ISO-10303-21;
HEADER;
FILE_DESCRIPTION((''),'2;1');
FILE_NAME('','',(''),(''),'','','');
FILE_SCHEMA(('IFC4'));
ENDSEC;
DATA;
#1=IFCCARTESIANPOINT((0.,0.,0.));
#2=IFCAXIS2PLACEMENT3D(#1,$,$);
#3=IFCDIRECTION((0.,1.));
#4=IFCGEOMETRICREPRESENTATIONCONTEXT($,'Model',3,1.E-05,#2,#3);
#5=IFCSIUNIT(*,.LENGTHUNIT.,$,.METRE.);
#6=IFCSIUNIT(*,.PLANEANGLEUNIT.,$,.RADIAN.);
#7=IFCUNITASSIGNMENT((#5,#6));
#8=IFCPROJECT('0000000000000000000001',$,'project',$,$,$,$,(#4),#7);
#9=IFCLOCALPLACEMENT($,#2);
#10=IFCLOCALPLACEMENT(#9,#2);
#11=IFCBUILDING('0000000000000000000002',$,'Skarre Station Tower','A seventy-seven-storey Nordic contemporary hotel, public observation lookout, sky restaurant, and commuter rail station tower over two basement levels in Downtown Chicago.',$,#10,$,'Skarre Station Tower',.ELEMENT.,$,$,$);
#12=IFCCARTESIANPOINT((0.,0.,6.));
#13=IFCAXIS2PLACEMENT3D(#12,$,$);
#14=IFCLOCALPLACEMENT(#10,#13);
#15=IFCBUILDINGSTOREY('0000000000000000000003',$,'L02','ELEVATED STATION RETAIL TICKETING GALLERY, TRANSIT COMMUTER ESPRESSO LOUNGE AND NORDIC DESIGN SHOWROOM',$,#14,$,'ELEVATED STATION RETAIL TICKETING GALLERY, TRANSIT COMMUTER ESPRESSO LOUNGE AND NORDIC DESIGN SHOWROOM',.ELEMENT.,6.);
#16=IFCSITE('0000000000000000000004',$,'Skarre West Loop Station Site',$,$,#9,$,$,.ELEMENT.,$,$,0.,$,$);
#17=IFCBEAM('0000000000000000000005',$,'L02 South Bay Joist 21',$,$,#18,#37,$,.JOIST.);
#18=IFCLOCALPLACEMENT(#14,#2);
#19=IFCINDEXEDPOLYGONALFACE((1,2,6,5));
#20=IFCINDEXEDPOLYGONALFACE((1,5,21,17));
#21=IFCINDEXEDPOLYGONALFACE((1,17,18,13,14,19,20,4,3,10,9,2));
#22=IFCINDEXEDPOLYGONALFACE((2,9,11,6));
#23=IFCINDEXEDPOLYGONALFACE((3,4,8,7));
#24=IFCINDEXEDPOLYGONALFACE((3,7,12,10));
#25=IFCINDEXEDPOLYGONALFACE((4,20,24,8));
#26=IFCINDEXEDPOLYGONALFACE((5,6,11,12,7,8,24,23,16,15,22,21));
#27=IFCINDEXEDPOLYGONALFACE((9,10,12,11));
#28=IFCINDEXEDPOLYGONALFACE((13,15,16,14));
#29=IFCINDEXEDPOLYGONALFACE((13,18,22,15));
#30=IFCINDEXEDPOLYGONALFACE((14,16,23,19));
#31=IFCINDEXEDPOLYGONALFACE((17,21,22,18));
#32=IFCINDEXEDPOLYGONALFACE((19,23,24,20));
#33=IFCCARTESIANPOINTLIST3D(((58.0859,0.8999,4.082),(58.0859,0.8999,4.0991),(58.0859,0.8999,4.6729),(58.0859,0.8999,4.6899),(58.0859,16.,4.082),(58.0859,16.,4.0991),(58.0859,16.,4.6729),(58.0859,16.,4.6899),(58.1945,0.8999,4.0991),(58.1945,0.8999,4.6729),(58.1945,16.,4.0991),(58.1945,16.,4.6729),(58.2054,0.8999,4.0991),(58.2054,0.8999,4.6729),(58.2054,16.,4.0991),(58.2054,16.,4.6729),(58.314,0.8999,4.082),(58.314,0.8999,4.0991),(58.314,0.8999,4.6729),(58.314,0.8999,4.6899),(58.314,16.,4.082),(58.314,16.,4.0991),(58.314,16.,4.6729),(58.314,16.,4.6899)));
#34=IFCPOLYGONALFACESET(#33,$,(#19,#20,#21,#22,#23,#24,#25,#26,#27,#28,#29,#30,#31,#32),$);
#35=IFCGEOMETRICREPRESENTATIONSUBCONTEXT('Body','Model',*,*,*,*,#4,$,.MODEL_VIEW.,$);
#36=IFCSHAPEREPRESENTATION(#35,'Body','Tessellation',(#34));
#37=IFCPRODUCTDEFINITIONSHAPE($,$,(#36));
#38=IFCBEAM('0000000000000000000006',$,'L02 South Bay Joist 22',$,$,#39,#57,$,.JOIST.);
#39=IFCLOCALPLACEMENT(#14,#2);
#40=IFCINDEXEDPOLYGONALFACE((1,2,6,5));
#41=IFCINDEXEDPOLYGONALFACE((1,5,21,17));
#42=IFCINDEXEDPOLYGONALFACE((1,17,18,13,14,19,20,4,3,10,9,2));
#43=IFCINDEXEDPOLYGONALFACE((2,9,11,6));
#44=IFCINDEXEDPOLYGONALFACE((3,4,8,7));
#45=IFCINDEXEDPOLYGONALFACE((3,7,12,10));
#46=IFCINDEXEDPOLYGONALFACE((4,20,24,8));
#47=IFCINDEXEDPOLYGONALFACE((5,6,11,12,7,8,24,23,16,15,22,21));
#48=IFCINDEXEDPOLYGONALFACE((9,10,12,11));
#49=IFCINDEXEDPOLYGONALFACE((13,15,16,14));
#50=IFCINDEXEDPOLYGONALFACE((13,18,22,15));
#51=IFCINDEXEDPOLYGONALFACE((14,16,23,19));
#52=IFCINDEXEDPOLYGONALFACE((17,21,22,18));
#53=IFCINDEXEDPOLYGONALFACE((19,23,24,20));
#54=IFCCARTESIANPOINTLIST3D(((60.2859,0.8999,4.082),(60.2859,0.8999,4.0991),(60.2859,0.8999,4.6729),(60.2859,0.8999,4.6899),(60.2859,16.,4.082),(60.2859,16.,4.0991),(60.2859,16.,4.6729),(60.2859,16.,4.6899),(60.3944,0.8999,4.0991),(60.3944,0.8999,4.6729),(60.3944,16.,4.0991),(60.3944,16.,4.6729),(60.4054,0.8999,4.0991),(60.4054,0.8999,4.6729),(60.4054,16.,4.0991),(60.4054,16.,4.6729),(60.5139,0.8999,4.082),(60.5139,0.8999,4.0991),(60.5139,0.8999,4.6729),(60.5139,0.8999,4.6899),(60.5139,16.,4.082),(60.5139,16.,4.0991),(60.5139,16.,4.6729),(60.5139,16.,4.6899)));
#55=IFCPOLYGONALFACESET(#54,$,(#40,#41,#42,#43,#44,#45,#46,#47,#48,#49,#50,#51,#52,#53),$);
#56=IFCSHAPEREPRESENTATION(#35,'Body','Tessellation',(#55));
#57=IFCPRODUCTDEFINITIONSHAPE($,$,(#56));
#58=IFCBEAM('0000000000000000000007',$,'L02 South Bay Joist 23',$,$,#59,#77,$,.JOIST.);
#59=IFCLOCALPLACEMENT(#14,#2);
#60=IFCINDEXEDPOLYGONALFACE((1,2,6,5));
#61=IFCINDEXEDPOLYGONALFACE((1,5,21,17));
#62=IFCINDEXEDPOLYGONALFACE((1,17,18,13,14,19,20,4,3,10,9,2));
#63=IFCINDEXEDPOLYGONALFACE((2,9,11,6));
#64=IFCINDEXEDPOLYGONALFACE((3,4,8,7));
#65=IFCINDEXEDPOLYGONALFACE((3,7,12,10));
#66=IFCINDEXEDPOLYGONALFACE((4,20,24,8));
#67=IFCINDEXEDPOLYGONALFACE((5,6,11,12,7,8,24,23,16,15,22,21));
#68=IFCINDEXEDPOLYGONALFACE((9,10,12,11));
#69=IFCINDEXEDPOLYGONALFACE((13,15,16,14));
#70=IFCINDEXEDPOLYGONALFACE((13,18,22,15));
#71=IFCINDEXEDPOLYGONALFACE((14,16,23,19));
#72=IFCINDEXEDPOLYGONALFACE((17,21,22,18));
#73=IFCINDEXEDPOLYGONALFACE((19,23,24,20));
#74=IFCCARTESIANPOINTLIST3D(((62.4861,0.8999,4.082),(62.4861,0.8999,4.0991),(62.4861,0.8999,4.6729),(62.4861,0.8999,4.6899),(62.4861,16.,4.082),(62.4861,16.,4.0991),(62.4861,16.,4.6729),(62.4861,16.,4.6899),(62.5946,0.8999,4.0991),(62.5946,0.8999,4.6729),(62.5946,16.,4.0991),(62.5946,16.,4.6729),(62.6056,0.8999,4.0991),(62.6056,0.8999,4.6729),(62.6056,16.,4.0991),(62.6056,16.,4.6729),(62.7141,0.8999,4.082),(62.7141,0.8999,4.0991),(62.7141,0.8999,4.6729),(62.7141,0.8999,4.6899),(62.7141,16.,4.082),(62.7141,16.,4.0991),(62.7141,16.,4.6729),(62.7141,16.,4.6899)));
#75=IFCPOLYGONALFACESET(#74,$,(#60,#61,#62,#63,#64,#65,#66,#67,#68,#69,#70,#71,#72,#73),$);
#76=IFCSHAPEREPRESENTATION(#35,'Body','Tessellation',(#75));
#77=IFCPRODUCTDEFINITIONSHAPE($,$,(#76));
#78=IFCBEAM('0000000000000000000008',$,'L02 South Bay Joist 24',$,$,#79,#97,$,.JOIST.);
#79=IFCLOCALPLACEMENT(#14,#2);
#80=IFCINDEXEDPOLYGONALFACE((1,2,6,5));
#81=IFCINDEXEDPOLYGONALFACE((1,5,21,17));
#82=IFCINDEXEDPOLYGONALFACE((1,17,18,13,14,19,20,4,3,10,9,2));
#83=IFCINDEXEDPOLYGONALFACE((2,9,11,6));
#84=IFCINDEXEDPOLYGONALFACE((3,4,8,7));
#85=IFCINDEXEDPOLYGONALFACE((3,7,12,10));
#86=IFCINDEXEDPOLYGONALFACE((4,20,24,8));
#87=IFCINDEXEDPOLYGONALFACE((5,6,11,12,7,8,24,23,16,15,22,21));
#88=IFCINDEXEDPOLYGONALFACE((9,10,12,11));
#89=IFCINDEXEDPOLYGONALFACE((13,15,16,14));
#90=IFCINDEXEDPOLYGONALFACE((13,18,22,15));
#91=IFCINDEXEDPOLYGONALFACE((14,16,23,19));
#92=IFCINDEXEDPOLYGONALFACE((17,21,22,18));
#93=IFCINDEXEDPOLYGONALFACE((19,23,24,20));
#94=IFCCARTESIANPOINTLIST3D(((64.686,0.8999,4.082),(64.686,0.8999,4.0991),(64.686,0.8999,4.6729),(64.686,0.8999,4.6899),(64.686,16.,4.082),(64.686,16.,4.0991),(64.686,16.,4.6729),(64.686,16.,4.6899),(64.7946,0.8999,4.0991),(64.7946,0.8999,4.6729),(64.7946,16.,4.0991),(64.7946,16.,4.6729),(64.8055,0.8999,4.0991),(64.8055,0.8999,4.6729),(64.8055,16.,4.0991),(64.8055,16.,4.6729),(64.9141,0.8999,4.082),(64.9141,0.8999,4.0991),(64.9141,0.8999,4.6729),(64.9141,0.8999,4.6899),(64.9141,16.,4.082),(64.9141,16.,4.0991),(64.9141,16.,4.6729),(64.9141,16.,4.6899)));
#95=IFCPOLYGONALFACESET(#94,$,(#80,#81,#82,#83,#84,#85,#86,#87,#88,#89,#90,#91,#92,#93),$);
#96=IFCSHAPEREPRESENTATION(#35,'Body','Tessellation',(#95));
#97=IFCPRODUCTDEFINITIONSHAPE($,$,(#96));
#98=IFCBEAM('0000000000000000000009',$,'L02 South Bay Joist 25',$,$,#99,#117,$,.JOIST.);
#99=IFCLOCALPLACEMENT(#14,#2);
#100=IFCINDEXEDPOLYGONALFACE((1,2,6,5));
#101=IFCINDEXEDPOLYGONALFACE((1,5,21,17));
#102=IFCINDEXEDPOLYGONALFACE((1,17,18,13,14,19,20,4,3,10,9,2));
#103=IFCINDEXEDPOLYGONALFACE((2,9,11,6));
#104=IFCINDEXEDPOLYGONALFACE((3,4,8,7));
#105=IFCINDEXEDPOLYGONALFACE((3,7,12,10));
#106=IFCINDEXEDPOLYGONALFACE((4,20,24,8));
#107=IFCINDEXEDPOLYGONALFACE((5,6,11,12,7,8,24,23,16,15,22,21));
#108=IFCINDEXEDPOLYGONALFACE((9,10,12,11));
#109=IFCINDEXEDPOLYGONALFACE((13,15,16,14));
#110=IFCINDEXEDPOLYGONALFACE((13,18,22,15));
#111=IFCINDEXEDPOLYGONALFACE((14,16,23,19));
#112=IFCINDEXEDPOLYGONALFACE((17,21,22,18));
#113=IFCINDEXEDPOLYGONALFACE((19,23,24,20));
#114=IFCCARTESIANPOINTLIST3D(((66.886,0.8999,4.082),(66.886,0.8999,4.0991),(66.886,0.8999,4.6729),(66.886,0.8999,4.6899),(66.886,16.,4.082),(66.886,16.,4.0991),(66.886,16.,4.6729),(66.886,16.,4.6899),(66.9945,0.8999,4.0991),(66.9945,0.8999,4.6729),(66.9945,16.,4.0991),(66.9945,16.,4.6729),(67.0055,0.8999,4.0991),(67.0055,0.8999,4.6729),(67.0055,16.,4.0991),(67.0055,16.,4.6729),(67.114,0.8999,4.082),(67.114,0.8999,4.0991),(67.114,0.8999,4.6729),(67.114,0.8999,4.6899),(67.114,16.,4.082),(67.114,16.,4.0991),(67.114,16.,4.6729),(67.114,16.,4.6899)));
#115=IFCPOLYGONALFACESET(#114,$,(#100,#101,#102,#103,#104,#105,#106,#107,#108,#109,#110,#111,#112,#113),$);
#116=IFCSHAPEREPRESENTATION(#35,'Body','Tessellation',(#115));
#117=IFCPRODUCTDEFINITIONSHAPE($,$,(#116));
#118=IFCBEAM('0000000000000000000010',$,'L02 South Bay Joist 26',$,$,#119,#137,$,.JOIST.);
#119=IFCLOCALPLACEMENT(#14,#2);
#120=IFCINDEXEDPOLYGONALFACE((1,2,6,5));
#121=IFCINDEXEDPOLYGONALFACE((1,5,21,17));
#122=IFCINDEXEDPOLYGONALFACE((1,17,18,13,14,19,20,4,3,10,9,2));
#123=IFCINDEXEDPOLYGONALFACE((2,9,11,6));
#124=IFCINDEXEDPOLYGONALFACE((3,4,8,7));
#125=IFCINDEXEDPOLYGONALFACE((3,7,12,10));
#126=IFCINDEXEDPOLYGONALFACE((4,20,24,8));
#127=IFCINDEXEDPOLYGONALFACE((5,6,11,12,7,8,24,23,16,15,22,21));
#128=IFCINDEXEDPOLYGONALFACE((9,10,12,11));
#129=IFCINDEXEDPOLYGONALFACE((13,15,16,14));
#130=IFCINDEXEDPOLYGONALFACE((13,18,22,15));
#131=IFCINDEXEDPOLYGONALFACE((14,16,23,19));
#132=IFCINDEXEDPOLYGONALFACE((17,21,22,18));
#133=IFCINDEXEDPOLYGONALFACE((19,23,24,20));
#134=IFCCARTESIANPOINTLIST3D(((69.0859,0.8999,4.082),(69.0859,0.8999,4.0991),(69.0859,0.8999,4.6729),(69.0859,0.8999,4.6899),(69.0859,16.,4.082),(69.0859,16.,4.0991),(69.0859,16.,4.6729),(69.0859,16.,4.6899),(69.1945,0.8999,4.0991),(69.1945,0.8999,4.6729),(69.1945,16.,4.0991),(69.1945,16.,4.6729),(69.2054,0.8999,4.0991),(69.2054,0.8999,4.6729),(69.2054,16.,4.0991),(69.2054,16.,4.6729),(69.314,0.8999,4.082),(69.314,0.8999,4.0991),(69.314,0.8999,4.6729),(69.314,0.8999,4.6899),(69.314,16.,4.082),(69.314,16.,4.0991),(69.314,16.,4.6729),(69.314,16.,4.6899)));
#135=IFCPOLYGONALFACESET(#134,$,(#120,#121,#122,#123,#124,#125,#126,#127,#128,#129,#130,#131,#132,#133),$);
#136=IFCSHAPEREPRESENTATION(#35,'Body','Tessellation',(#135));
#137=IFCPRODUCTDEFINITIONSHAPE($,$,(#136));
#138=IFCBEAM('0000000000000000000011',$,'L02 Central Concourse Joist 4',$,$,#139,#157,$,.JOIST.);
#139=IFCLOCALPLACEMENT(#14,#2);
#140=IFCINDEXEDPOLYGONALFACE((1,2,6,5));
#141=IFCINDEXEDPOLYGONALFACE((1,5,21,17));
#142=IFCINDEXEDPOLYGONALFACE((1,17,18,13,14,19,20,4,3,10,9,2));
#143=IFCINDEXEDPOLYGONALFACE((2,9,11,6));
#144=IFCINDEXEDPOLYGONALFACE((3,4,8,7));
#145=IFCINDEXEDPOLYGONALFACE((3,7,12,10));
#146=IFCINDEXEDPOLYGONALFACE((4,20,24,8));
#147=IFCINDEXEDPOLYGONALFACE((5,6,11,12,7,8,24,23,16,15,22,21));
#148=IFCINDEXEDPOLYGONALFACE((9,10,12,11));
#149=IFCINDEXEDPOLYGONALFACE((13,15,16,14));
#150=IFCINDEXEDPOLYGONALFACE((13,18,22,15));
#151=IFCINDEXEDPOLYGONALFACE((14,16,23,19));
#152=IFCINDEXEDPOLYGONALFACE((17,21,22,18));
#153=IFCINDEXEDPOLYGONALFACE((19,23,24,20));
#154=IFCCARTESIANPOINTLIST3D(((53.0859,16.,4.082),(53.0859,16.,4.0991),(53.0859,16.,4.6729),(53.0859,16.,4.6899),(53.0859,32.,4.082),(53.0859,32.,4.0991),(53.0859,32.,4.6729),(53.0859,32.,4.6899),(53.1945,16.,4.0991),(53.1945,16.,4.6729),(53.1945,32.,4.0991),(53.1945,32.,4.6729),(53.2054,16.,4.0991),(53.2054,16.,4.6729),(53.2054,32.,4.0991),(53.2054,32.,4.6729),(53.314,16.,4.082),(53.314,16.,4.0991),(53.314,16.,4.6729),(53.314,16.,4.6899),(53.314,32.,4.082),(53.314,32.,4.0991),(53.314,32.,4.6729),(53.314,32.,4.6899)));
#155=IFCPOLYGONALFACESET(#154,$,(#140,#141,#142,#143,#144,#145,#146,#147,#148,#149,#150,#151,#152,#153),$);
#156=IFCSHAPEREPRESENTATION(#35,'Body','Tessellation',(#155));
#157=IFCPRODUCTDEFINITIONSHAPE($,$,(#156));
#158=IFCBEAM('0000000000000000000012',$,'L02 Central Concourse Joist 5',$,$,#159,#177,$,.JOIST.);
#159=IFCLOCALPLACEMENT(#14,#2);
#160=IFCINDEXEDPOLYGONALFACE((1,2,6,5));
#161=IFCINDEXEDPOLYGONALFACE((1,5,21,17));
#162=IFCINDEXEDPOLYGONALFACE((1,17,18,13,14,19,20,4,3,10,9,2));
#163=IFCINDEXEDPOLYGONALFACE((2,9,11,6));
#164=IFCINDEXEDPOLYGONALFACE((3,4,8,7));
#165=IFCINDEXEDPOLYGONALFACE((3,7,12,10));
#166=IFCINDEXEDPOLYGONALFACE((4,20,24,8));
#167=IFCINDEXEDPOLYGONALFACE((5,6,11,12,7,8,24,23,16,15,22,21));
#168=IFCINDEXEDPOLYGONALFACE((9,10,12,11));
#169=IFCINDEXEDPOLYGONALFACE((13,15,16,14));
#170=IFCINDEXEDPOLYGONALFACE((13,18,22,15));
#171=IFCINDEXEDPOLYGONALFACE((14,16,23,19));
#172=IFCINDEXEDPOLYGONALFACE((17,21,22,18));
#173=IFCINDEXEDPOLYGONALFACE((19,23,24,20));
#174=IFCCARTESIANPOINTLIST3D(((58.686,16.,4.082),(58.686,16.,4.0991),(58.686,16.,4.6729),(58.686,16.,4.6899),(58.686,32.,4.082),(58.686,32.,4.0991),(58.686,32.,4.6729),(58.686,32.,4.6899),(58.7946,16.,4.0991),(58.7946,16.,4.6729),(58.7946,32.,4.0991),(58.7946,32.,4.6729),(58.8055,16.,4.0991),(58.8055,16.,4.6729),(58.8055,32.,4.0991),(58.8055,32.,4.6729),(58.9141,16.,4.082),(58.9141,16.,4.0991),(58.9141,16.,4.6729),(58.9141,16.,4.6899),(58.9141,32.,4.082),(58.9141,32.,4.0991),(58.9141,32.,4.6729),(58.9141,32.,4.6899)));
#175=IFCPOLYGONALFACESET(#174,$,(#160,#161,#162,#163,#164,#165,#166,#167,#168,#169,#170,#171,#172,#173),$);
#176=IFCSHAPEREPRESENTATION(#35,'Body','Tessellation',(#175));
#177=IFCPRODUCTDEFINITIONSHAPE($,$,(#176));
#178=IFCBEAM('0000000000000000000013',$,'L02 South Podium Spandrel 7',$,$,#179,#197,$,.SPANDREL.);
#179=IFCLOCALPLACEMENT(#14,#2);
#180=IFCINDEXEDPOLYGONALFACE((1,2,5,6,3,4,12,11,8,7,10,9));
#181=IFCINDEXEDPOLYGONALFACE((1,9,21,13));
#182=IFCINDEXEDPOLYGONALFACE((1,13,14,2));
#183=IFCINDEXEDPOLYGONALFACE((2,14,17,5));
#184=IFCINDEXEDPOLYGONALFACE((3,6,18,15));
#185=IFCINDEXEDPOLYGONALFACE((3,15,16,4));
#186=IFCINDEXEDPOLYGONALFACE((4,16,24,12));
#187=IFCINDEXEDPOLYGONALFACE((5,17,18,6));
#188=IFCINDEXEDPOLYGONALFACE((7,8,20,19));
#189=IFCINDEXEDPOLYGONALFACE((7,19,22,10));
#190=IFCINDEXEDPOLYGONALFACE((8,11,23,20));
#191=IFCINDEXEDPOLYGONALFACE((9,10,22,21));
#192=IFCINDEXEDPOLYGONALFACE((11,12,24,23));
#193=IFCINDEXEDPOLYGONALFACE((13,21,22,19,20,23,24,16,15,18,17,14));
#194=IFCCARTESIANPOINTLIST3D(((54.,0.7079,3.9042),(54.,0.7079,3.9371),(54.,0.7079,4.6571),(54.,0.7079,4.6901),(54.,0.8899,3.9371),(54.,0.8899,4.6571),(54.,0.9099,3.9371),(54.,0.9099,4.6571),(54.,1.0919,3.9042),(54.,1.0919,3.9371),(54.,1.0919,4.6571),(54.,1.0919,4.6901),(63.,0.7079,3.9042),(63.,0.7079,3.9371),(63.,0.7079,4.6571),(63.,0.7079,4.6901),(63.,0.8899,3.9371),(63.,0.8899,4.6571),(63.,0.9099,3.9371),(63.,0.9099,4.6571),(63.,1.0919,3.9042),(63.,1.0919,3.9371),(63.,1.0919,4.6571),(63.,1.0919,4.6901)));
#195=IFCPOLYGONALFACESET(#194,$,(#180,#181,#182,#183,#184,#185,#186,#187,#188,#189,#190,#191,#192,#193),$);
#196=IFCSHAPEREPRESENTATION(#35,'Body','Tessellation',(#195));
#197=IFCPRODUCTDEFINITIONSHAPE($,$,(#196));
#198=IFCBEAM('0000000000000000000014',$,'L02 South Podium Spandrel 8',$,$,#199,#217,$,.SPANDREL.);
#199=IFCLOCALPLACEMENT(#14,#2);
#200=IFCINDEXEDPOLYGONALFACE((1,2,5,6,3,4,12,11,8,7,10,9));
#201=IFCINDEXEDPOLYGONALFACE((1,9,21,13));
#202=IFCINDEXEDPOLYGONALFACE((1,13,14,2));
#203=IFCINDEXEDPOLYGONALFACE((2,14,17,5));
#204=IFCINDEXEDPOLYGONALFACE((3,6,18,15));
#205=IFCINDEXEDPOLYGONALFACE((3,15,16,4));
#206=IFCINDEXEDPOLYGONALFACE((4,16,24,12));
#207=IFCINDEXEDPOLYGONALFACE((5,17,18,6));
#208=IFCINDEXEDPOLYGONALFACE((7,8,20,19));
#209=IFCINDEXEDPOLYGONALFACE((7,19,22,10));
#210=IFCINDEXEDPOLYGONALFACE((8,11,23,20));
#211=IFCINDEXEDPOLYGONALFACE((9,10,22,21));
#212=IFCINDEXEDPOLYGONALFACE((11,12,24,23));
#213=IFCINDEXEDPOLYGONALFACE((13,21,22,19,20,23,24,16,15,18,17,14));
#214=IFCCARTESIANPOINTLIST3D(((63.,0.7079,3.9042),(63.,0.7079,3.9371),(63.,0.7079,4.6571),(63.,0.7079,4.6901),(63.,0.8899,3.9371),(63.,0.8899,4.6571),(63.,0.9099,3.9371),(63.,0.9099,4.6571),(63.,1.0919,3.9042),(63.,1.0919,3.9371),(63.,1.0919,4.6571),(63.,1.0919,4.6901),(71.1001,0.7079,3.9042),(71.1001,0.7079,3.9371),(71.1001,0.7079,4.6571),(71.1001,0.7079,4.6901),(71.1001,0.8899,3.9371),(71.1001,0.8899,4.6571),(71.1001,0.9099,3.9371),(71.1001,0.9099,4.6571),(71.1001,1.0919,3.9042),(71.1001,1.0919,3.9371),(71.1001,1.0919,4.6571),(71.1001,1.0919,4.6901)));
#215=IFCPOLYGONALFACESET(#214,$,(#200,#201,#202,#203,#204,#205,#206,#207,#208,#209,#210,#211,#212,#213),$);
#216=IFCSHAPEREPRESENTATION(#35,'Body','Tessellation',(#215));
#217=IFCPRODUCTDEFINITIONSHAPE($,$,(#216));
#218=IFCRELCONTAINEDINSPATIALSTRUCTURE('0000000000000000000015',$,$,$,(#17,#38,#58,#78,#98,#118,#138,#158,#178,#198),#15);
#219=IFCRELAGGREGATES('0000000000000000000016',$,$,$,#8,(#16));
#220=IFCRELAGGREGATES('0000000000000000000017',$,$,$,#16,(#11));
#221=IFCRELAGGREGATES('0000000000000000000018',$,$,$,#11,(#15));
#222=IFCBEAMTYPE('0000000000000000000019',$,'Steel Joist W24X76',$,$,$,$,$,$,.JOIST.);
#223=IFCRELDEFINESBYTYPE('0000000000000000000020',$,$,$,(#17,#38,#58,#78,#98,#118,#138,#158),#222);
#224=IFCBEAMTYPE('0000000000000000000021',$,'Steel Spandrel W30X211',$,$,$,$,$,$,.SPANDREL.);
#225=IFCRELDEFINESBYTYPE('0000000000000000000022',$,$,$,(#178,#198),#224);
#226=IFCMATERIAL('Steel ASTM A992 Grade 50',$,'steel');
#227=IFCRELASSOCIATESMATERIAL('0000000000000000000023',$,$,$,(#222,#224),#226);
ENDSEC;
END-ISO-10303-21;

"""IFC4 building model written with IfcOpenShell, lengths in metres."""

from ifc_helpers import new_model, si_unit, direction, frame, origin, origin_2d, place, context, subcontext, project, spatial, i_section, extrude, material, material_profile, profile_set, type_object, element, save


model = new_model("IFC4")

# Units and contexts
model_context = context("Model", 3, precision=1e-05, world=origin(), true_north=direction((0.0, 1.0)))
body_context = subcontext(model_context, "Body", "Model", "MODEL_VIEW")
ifc_project = project(units=[si_unit("LENGTHUNIT", "METRE"), si_unit("PLANEANGLEUNIT", "RADIAN")], contexts=[model_context])

# Site, building, storey
site_placement = place(None, origin())
site = spatial("IfcSite", under=ifc_project, at=site_placement, Name="Skarre West Loop Station Site", CompositionType="ELEMENT", RefElevation=0.0)
building_placement = place(site_placement, origin())
building = spatial("IfcBuilding", under=site, at=building_placement, Name="Skarre Station Tower", Description="A seventy-seven-storey Nordic contemporary hotel, public observation lookout, sky restaurant, and commuter rail station tower over two basement levels in Downtown Chicago.", LongName="Skarre Station Tower", CompositionType="ELEMENT")
storey_placement = place(building_placement, frame((0.0, 0.0, 6.0)))
storey = spatial("IfcBuildingStorey", under=building, at=storey_placement, Name="L02", Description="ELEVATED STATION RETAIL TICKETING GALLERY, TRANSIT COMMUTER ESPRESSO LOUNGE AND NORDIC DESIGN SHOWROOM", LongName="ELEVATED STATION RETAIL TICKETING GALLERY, TRANSIT COMMUTER ESPRESSO LOUNGE AND NORDIC DESIGN SHOWROOM", CompositionType="ELEMENT", Elevation=6.0)

# Beams
ifc_material_1 = material(Name="Steel ASTM A992 Grade 50", Category="steel")
ifc_material_profile_1 = material_profile(ifc_material_1, i_section(OverallWidth=0.228, OverallDepth=0.6079, WebThickness=0.011, FlangeThickness=0.0171, at=origin_2d()), Name="Steel ASTM A992 Grade 50")
ifc_profile_set_1 = profile_set([ifc_material_profile_1], Name="Steel ASTM A992 Grade 50")
beam_type_1 = type_object("IfcBeamType", Name="Steel Joist W24X76", PredefinedType="JOIST", material=ifc_profile_set_1)
for number, where, z_axis, x_axis, name in (
    (1, (58.2, 0.8999, 4.386), (0.0, 1.0, 0.0), (-1.0, 0.0, 0.0), "L02 South Bay Joist 21"),
    (2, (60.3999, 0.8999, 4.386), (0.0, 1.0, 0.0), (-1.0, 0.0, 0.0), "L02 South Bay Joist 22"),
    (3, (62.6001, 0.8999, 4.386), (0.0, 1.0, 0.0), (-1.0, 0.0, 0.0), "L02 South Bay Joist 23"),
    (4, (64.8, 0.8999, 4.386), (0.0, 1.0, 0.0), (-1.0, 0.0, 0.0), "L02 South Bay Joist 24"),
    (5, (67.0, 0.8999, 4.386), (0.0, 1.0, 0.0), (-1.0, 0.0, 0.0), "L02 South Bay Joist 25"),
    (6, (69.2, 0.8999, 4.386), (0.0, 1.0, 0.0), (-1.0, 0.0, 0.0), "L02 South Bay Joist 26"),
):
    element("IfcBeam", number, at=place(storey_placement, frame(where, z_axis=z_axis, x_axis=x_axis)), inside=storey, type_object=beam_type_1, Name=name, PredefinedType="JOIST", context=body_context, shape_type="SweptSolid", body=[
        extrude(i_section(OverallWidth=0.228, OverallDepth=0.6079, WebThickness=0.011, FlangeThickness=0.0171, at=origin_2d()), origin(), (0.0, 0.0, 1.0), 15.1001),
    ])
for number, where, z_axis, x_axis, name in (
    (7, (53.2, 16.0, 4.386), (0.0, 1.0, 0.0), (-1.0, 0.0, 0.0), "L02 Central Concourse Joist 4"),
    (8, (58.8, 16.0, 4.386), (0.0, 1.0, 0.0), (-1.0, 0.0, 0.0), "L02 Central Concourse Joist 5"),
):
    element("IfcBeam", number, at=place(storey_placement, frame(where, z_axis=z_axis, x_axis=x_axis)), inside=storey, type_object=beam_type_1, Name=name, PredefinedType="JOIST", context=body_context, shape_type="SweptSolid", body=[
        extrude(i_section(OverallWidth=0.228, OverallDepth=0.6079, WebThickness=0.011, FlangeThickness=0.0171, at=origin_2d()), origin(), (0.0, 0.0, 1.0), 16.0),
    ])
ifc_material_profile_2 = material_profile(ifc_material_1, i_section(OverallWidth=0.384, OverallDepth=0.7859, WebThickness=0.02, FlangeThickness=0.033, at=origin_2d()), Name="Steel ASTM A992 Grade 50")
ifc_profile_set_2 = profile_set([ifc_material_profile_2], Name="Steel ASTM A992 Grade 50")
beam_type_2 = type_object("IfcBeamType", Name="Steel Spandrel W30X211", PredefinedType="SPANDREL", material=ifc_profile_set_2)
beam_1_placement = place(storey_placement, frame((54.0, 0.8999, 4.2971), z_axis=(1.0, 0.0, 0.0), x_axis=(0.0, 1.0, 0.0)))
element("IfcBeam", 9, at=beam_1_placement, inside=storey, type_object=beam_type_2, Name="L02 South Podium Spandrel 7", PredefinedType="SPANDREL", context=body_context, shape_type="SweptSolid", body=[
    extrude(i_section(OverallWidth=0.384, OverallDepth=0.7859, WebThickness=0.02, FlangeThickness=0.033, at=origin_2d()), origin(), (0.0, 0.0, 1.0), 9.0),
])
beam_2_placement = place(storey_placement, frame((63.0, 0.8999, 4.2971), z_axis=(1.0, 0.0, 0.0), x_axis=(0.0, 1.0, 0.0)))
element("IfcBeam", 10, at=beam_2_placement, inside=storey, type_object=beam_type_2, Name="L02 South Podium Spandrel 8", PredefinedType="SPANDREL", context=body_context, shape_type="SweptSolid", body=[
    extrude(i_section(OverallWidth=0.384, OverallDepth=0.7859, WebThickness=0.02, FlangeThickness=0.033, at=origin_2d()), origin(), (0.0, 0.0, 1.0), 8.1001),
])

save(model, "model.ifc")
